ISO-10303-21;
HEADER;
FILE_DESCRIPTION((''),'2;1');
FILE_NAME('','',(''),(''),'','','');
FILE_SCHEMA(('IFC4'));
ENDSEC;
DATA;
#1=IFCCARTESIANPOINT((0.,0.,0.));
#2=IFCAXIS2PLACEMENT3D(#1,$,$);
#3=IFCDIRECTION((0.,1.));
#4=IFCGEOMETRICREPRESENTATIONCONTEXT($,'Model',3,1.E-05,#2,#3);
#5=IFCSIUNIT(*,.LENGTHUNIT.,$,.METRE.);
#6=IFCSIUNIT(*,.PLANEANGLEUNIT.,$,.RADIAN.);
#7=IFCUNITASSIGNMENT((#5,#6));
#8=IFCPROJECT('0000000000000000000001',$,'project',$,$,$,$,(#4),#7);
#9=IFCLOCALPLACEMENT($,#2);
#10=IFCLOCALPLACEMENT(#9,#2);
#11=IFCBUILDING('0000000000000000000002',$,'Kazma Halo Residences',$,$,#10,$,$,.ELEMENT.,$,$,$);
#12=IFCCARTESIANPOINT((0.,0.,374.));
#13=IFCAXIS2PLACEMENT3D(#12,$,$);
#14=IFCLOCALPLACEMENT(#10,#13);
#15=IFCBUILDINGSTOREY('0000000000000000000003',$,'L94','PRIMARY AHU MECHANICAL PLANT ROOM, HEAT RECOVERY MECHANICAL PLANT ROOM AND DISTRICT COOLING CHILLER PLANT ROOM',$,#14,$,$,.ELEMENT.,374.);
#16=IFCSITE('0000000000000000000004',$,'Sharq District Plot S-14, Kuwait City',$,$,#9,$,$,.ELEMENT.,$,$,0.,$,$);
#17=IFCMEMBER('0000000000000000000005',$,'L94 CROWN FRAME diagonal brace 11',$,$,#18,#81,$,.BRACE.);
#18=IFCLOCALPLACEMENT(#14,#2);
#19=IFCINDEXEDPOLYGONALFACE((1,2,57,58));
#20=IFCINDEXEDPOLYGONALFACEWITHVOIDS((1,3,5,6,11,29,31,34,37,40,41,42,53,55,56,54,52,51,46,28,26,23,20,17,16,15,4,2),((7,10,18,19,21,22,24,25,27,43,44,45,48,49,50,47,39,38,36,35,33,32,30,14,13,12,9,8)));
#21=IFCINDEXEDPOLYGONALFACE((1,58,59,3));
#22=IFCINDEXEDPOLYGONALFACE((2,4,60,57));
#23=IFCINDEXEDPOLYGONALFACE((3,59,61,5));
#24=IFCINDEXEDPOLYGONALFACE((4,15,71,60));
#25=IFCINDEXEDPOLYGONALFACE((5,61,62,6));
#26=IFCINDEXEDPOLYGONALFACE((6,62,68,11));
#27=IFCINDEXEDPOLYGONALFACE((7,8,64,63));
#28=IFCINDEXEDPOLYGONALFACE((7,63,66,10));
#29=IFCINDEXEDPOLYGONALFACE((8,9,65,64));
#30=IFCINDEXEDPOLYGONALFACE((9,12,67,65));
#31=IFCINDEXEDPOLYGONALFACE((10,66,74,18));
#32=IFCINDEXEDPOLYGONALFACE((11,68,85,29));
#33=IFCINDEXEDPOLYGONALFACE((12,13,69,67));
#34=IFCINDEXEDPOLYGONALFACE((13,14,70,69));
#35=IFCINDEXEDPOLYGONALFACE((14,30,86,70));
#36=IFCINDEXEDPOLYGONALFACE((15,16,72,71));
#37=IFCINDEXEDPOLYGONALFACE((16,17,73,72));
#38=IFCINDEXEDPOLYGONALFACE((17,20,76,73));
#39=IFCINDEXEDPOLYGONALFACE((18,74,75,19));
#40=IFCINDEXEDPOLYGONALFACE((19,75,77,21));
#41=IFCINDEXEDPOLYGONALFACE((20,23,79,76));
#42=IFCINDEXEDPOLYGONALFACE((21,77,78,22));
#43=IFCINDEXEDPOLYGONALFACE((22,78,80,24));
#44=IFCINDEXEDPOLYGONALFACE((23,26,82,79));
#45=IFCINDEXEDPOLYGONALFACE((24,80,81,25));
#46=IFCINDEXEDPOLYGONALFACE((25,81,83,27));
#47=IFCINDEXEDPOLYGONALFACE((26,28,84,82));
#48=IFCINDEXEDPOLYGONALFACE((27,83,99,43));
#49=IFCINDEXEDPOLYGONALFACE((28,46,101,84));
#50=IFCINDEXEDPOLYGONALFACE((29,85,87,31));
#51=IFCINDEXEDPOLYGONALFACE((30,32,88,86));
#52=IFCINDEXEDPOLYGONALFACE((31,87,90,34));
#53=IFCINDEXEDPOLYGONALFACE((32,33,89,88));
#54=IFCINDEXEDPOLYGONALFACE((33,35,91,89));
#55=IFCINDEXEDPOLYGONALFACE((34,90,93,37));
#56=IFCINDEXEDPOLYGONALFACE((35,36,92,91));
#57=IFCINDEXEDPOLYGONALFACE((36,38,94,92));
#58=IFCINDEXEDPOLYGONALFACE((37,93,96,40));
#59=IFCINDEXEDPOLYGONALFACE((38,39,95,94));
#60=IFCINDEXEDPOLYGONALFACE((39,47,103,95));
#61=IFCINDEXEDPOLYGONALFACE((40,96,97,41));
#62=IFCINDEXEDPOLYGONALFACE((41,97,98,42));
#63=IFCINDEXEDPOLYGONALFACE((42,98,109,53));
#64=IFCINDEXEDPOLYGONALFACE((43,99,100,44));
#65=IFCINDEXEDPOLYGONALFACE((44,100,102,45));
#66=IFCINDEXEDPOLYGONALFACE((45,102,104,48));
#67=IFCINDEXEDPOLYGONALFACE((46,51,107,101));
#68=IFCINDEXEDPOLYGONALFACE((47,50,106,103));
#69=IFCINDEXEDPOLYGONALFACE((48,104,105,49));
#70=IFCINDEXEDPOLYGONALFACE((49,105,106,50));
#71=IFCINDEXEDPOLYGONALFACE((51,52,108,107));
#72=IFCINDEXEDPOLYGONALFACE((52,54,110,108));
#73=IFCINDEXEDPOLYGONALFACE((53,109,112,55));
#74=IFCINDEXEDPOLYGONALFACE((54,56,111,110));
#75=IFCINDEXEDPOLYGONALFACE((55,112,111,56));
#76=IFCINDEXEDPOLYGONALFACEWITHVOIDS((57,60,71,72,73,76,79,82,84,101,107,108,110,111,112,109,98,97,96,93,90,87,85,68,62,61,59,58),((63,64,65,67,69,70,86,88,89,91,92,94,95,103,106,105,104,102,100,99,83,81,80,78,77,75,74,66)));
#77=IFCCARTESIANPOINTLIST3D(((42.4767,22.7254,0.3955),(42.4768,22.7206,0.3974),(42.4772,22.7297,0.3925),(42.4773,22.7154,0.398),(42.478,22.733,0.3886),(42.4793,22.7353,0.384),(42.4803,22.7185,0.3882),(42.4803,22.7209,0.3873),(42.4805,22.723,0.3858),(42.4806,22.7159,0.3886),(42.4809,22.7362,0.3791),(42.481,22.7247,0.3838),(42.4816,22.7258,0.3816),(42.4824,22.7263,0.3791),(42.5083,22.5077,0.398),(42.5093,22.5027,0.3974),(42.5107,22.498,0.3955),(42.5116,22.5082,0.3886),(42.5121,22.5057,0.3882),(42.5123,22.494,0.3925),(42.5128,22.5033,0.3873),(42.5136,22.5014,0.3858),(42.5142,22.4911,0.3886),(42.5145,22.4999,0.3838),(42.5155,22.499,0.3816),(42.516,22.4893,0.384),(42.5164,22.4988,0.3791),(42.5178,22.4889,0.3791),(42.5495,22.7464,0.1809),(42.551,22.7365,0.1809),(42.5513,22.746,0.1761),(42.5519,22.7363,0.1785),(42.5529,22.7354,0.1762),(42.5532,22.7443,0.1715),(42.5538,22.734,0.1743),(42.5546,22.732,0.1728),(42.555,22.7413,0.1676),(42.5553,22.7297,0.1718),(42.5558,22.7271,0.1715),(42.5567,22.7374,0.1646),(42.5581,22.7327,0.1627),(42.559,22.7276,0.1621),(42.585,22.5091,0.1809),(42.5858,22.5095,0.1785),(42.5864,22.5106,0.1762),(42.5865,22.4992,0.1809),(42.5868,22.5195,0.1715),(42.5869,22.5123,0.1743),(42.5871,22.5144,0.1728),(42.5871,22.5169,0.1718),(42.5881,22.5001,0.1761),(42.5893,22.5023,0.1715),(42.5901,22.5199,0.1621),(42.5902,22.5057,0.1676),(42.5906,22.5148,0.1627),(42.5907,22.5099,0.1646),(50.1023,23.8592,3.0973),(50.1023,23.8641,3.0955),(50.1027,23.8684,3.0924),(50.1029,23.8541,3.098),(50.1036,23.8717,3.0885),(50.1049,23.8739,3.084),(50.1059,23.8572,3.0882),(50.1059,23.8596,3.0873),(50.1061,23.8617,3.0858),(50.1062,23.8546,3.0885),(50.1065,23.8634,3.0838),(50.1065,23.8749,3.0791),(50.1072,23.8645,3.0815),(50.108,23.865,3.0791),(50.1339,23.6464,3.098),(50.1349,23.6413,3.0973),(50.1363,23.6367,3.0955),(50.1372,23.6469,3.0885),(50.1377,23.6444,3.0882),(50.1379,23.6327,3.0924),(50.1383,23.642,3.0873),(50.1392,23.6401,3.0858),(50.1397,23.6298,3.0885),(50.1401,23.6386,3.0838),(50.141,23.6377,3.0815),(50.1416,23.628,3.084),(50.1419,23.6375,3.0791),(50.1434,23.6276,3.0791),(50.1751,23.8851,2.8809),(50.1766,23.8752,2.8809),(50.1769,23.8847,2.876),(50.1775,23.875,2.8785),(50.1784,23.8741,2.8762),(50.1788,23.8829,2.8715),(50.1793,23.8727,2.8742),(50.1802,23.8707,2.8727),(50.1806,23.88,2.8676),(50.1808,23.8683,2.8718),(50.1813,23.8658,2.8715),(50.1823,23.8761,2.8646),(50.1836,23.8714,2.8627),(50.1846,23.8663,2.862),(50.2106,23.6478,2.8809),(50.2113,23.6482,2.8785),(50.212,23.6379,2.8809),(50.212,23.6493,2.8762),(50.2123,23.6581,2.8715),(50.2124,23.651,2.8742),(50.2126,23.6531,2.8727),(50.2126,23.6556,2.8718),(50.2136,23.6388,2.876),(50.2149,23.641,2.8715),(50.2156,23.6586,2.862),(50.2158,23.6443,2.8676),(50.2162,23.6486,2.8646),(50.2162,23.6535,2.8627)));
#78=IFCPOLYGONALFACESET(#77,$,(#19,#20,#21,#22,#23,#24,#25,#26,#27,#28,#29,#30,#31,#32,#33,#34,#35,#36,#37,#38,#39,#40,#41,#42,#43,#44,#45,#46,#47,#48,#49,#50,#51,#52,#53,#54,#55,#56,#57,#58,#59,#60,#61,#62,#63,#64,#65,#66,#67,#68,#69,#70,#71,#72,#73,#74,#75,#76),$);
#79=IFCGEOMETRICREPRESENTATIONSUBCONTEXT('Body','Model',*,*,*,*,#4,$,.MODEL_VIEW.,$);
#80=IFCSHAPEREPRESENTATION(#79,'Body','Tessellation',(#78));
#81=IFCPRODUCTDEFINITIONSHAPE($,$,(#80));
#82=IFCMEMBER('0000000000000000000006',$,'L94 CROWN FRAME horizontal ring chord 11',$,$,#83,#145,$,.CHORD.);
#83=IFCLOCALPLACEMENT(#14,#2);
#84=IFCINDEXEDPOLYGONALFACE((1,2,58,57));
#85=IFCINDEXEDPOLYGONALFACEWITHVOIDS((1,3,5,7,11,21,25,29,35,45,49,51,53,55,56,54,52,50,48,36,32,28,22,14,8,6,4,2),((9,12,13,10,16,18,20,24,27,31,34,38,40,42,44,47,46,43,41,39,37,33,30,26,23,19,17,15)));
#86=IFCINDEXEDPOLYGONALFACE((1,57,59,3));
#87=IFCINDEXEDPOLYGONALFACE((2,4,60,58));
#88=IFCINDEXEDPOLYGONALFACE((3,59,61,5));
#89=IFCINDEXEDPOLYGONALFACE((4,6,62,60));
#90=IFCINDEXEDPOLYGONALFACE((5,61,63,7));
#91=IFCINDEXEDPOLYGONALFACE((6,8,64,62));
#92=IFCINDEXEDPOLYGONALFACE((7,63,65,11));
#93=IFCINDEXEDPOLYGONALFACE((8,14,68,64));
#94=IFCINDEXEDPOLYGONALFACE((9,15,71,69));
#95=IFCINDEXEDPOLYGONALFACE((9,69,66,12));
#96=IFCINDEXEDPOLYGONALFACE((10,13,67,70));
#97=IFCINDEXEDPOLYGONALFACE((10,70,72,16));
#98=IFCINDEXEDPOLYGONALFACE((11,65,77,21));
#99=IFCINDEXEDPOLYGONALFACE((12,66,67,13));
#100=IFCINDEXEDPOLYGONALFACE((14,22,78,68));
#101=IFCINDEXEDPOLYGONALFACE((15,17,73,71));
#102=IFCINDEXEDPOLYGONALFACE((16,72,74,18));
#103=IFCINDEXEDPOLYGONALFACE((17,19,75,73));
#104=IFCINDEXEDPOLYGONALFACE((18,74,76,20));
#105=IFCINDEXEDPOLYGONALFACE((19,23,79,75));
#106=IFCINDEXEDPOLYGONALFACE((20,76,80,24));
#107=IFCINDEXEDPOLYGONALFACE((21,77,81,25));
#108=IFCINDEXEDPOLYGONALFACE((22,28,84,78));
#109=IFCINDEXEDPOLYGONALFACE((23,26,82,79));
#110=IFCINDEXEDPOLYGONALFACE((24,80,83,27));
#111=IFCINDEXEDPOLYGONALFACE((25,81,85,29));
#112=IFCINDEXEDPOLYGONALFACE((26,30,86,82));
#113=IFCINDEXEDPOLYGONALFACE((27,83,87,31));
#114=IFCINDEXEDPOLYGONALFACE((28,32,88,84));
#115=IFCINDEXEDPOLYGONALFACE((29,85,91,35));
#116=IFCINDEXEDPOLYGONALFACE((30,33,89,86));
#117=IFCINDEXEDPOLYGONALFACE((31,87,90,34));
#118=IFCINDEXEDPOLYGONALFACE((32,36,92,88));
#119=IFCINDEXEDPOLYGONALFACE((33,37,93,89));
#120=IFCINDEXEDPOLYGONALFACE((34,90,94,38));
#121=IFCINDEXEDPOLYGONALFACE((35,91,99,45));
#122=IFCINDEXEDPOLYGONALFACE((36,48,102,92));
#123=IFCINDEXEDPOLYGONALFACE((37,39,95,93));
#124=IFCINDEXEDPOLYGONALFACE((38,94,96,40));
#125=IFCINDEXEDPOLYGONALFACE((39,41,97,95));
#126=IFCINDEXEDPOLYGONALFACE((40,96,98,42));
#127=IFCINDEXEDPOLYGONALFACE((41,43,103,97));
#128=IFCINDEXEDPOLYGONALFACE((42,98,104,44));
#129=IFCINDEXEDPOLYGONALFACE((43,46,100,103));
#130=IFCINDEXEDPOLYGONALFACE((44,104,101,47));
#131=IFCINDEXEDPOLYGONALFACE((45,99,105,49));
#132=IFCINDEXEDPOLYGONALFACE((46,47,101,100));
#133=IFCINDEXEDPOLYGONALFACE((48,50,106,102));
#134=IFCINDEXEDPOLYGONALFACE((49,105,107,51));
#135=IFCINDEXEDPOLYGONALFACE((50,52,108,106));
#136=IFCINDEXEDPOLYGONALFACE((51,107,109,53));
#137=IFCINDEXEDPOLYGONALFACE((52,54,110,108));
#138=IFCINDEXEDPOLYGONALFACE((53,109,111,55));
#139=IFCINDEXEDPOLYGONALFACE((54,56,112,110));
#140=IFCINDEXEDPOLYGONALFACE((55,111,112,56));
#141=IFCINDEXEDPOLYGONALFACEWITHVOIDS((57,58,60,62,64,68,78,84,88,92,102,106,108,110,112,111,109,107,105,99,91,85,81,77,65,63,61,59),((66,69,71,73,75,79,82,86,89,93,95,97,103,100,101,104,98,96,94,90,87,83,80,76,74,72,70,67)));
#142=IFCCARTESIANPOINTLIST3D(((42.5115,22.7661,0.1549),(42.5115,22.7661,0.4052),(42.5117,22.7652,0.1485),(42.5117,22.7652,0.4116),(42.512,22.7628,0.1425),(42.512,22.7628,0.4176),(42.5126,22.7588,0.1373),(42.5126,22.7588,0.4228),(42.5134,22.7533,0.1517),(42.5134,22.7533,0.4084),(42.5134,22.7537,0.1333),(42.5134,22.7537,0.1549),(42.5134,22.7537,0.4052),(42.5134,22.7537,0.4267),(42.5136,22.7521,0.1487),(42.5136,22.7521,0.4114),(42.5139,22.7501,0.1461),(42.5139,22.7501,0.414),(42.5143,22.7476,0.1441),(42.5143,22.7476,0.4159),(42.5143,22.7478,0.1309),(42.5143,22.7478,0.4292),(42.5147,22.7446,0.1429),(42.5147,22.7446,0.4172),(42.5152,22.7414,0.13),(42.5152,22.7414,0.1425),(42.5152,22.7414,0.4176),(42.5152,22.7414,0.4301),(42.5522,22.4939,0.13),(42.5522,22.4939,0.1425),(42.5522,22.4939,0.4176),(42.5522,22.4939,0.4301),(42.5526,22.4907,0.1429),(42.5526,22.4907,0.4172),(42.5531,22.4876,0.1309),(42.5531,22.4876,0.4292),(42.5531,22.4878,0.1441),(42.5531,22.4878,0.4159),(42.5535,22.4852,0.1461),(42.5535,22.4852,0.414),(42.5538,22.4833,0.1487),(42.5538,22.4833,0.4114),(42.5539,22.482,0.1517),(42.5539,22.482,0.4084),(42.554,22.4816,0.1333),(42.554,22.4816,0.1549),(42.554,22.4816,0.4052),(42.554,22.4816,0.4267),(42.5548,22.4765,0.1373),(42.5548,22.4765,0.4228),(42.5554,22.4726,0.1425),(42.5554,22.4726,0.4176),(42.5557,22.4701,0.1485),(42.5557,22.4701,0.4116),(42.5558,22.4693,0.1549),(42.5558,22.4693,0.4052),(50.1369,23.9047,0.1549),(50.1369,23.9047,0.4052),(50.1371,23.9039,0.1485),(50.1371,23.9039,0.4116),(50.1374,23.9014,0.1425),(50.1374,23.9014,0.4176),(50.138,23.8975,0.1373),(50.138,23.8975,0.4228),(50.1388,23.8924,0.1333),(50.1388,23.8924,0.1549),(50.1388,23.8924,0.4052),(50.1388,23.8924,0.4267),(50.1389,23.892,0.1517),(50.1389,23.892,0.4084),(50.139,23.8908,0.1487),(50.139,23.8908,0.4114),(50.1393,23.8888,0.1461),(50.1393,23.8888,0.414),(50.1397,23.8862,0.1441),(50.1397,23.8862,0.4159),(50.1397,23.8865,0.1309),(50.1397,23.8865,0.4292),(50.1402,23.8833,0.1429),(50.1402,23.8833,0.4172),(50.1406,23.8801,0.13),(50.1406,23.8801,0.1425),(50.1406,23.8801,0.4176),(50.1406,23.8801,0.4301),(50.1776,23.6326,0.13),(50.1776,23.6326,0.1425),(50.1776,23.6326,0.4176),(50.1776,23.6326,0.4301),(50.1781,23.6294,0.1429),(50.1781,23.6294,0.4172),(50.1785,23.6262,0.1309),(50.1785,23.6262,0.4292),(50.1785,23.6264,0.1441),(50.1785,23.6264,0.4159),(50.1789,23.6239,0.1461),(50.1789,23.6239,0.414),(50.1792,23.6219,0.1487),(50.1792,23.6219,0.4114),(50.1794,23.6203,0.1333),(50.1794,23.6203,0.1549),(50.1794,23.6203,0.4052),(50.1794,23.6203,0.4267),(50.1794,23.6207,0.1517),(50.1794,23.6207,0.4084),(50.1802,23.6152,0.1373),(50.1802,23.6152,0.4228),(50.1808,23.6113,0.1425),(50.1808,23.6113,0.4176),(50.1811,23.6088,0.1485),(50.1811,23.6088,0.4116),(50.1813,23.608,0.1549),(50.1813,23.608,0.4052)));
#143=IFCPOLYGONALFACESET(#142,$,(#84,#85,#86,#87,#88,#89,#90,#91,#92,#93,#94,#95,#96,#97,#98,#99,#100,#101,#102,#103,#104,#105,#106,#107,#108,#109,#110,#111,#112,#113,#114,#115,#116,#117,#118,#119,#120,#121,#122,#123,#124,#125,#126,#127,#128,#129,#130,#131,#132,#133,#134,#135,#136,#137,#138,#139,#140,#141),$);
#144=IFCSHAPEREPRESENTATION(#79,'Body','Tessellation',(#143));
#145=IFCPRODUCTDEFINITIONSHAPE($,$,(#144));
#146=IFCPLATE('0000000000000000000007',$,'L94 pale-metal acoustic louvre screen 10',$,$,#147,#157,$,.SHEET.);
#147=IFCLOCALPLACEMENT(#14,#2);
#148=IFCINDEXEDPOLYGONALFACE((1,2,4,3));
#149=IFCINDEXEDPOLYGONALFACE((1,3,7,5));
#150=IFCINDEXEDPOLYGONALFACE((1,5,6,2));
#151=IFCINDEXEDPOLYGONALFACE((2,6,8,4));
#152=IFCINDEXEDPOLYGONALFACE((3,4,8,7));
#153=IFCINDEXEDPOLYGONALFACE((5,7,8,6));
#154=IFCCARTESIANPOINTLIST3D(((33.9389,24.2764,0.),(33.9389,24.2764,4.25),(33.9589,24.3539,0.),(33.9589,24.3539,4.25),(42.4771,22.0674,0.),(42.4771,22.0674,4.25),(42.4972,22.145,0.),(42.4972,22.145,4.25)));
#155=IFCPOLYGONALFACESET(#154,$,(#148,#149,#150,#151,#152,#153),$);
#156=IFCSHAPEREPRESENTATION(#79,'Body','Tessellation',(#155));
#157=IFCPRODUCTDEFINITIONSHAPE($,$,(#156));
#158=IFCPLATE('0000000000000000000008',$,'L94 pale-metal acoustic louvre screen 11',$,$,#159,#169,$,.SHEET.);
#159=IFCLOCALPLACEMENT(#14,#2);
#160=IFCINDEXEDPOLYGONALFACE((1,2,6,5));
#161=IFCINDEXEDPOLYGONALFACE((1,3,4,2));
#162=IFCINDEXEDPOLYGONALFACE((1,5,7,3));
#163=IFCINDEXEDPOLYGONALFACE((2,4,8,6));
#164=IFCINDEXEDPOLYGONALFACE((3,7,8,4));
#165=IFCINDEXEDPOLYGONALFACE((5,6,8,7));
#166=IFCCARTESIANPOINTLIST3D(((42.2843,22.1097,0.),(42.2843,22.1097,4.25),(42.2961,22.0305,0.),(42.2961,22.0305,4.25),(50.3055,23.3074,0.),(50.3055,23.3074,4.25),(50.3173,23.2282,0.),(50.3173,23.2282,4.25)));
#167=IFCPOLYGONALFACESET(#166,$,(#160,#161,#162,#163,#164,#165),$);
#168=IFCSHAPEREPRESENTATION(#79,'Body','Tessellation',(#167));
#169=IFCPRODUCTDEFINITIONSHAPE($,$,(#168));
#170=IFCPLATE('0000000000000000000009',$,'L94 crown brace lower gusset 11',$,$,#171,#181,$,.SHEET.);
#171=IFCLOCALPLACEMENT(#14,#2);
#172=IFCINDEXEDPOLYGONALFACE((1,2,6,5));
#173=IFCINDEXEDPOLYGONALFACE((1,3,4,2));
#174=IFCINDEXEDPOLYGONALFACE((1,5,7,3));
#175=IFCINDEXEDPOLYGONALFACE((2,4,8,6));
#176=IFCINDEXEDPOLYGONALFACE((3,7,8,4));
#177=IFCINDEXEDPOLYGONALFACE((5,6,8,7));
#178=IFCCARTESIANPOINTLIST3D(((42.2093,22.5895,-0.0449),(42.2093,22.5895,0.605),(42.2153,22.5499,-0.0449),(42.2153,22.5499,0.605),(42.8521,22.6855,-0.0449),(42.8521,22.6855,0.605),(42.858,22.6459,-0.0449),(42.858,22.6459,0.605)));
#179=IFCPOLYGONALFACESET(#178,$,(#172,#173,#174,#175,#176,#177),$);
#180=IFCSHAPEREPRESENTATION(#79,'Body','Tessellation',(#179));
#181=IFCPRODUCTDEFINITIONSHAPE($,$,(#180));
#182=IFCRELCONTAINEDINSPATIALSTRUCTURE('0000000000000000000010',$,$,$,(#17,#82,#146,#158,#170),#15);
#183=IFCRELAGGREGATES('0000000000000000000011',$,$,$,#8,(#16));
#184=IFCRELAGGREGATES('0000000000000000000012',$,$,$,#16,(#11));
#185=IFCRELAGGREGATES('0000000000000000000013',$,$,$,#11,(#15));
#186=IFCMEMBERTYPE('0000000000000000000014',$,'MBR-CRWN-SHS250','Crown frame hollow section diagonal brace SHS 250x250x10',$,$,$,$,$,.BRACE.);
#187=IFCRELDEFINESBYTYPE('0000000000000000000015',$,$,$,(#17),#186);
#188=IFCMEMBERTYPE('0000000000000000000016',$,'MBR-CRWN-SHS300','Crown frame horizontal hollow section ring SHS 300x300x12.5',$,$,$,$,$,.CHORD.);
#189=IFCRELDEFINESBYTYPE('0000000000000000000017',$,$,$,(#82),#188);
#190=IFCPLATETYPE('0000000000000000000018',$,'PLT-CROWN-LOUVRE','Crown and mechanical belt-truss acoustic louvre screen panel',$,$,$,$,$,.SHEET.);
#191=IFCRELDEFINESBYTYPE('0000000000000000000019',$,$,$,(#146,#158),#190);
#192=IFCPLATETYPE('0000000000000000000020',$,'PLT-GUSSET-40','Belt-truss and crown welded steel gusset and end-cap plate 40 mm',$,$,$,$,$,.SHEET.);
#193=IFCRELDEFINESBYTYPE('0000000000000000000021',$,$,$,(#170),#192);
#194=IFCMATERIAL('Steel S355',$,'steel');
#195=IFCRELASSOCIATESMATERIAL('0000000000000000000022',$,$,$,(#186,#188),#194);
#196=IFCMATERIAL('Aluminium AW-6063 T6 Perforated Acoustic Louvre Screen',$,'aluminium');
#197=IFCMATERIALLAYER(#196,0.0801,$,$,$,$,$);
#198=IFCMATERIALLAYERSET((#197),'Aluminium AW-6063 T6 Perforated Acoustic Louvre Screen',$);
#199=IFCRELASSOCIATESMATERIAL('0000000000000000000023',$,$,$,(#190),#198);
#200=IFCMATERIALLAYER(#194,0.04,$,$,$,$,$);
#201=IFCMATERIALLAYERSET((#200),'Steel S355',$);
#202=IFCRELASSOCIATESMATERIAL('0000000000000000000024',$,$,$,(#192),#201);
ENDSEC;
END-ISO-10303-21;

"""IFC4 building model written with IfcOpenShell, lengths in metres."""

from ifc_helpers import new_model, si_unit, direction, frame, origin, origin_2d, place, context, subcontext, project, spatial, rectangle, hollow_rectangle, extrude, material, layer, layer_set, material_profile, profile_set, type_object, element, save


model = new_model("IFC4")

# Units and contexts
model_context = context("Model", 3, precision=1e-05, world=origin(), true_north=direction((0.0, 1.0)))
body_context = subcontext(model_context, "Body", "Model", "MODEL_VIEW")
ifc_project = project(units=[si_unit("LENGTHUNIT", "METRE"), si_unit("PLANEANGLEUNIT", "RADIAN")], contexts=[model_context])

# Site, building, storey
site_placement = place(None, origin())
site = spatial("IfcSite", under=ifc_project, at=site_placement, Name="Sharq District Plot S-14, Kuwait City", CompositionType="ELEMENT", RefElevation=0.0)
building_placement = place(site_placement, origin())
building = spatial("IfcBuilding", under=site, at=building_placement, Name="Kazma Halo Residences", CompositionType="ELEMENT")
storey_placement = place(building_placement, frame((0.0, 0.0, 374.0)))
storey = spatial("IfcBuildingStorey", under=building, at=storey_placement, Name="L94", Description="PRIMARY AHU MECHANICAL PLANT ROOM, HEAT RECOVERY MECHANICAL PLANT ROOM AND DISTRICT COOLING CHILLER PLANT ROOM", CompositionType="ELEMENT", Elevation=374.0)

# Shared definitions
ifc_material_1 = material(Name="Steel S355", Category="steel")

# Members
ifc_material_profile_1 = material_profile(ifc_material_1, hollow_rectangle(XDim=0.25, YDim=0.25, WallThickness=0.01, InnerFilletRadius=0.01, OuterFilletRadius=0.02, at=origin_2d()), Name="SHS250x250x10")
ifc_profile_set_1 = profile_set([ifc_material_profile_1], Name="Steel S355")
member_type_1 = type_object("IfcMemberType", Name="MBR-CRWN-SHS250", Description="Crown frame hollow section diagonal brace SHS 250x250x10", PredefinedType="BRACE", material=ifc_profile_set_1)
member_1_placement = place(storey_placement, frame((42.5337, 22.6177, 0.28), z_axis=(0.933454, 0.139387, 0.330507), x_axis=(-0.147687, 0.989034, 0.0)))
element("IfcMember", 1, at=member_1_placement, inside=storey, type_object=member_type_1, Name="L94 CROWN FRAME diagonal brace 11", PredefinedType="BRACE", context=body_context, shape_type="SweptSolid", body=[
    extrude(hollow_rectangle(XDim=0.25, YDim=0.25, WallThickness=0.01, InnerFilletRadius=0.01, OuterFilletRadius=0.02, at=origin_2d()), origin(), (0.0, 0.0, 1.0), 8.1692),
])
ifc_material_profile_2 = material_profile(ifc_material_1, hollow_rectangle(XDim=0.3, YDim=0.3, WallThickness=0.0125, InnerFilletRadius=0.0125, OuterFilletRadius=0.0249, at=origin_2d()), Name="SHS300x300x12.5")
ifc_profile_set_2 = profile_set([ifc_material_profile_2], Name="Steel S355")
member_type_2 = type_object("IfcMemberType", Name="MBR-CRWN-SHS300", Description="Crown frame horizontal hollow section ring SHS 300x300x12.5", PredefinedType="CHORD", material=ifc_profile_set_2)
member_2_placement = place(storey_placement, frame((42.5337, 22.6177, 0.28), z_axis=(0.989034, 0.147687, 0.0), x_axis=(-0.147687, 0.989034, 0.0)))
element("IfcMember", 2, at=member_2_placement, inside=storey, type_object=member_type_2, Name="L94 CROWN FRAME horizontal ring chord 11", PredefinedType="CHORD", context=body_context, shape_type="SweptSolid", body=[
    extrude(hollow_rectangle(XDim=0.3, YDim=0.3, WallThickness=0.0125, InnerFilletRadius=0.0125, OuterFilletRadius=0.0249, at=origin_2d()), origin(), (0.0, 0.0, 1.0), 7.71),
])

# Plates
ifc_material_2 = material(Name="Aluminium AW-6063 T6 Perforated Acoustic Louvre Screen", Category="aluminium")
ifc_layer_1 = layer(ifc_material_2, 0.0801)
ifc_layer_set_1 = layer_set([ifc_layer_1], Name="Aluminium AW-6063 T6 Perforated Acoustic Louvre Screen")
plate_type_1 = type_object("IfcPlateType", Name="PLT-CROWN-LOUVRE", Description="Crown and mechanical belt-truss acoustic louvre screen panel", PredefinedType="SHEET", material=ifc_layer_set_1)
plate_1_placement = place(storey_placement, frame((38.218, 23.2107, 0.0), z_axis=(0.0, 0.0, 1.0), x_axis=(0.968124, -0.25047, 0.0)))
element("IfcPlate", 3, at=plate_1_placement, inside=storey, type_object=plate_type_1, Name="L94 pale-metal acoustic louvre screen 10", PredefinedType="SHEET", context=body_context, shape_type="SweptSolid", body=[
    extrude(rectangle(XDim=8.8193, YDim=0.0801, at=origin_2d()), origin(), (0.0, 0.0, 1.0), 4.25),
])
plate_2_placement = place(storey_placement, frame((46.3008, 22.6689, 0.0), z_axis=(0.0, 0.0, 1.0), x_axis=(0.989034, 0.147687, 0.0)))
element("IfcPlate", 4, at=plate_2_placement, inside=storey, type_object=plate_type_1, Name="L94 pale-metal acoustic louvre screen 11", PredefinedType="SHEET", context=body_context, shape_type="SweptSolid", body=[
    extrude(rectangle(XDim=8.1101, YDim=0.0801, at=origin_2d()), origin(), (0.0, 0.0, 1.0), 4.25),
])
ifc_layer_2 = layer(ifc_material_1, 0.04)
ifc_layer_set_2 = layer_set([ifc_layer_2], Name="Steel S355")
plate_type_2 = type_object("IfcPlateType", Name="PLT-GUSSET-40", Description="Belt-truss and crown welded steel gusset and end-cap plate 40 mm", PredefinedType="SHEET", material=ifc_layer_set_2)
plate_3_placement = place(storey_placement, frame((42.5337, 22.6177, -0.0449), z_axis=(0.0, 0.0, 1.0), x_axis=(0.989034, 0.147687, 0.0)))
element("IfcPlate", 5, at=plate_3_placement, inside=storey, type_object=plate_type_2, Name="L94 crown brace lower gusset 11", PredefinedType="SHEET", context=body_context, shape_type="SweptSolid", body=[
    extrude(rectangle(XDim=0.6499, YDim=0.04, at=origin_2d()), origin(), (0.0, 0.0, 1.0), 0.6499),
])

save(model, "model.ifc")
